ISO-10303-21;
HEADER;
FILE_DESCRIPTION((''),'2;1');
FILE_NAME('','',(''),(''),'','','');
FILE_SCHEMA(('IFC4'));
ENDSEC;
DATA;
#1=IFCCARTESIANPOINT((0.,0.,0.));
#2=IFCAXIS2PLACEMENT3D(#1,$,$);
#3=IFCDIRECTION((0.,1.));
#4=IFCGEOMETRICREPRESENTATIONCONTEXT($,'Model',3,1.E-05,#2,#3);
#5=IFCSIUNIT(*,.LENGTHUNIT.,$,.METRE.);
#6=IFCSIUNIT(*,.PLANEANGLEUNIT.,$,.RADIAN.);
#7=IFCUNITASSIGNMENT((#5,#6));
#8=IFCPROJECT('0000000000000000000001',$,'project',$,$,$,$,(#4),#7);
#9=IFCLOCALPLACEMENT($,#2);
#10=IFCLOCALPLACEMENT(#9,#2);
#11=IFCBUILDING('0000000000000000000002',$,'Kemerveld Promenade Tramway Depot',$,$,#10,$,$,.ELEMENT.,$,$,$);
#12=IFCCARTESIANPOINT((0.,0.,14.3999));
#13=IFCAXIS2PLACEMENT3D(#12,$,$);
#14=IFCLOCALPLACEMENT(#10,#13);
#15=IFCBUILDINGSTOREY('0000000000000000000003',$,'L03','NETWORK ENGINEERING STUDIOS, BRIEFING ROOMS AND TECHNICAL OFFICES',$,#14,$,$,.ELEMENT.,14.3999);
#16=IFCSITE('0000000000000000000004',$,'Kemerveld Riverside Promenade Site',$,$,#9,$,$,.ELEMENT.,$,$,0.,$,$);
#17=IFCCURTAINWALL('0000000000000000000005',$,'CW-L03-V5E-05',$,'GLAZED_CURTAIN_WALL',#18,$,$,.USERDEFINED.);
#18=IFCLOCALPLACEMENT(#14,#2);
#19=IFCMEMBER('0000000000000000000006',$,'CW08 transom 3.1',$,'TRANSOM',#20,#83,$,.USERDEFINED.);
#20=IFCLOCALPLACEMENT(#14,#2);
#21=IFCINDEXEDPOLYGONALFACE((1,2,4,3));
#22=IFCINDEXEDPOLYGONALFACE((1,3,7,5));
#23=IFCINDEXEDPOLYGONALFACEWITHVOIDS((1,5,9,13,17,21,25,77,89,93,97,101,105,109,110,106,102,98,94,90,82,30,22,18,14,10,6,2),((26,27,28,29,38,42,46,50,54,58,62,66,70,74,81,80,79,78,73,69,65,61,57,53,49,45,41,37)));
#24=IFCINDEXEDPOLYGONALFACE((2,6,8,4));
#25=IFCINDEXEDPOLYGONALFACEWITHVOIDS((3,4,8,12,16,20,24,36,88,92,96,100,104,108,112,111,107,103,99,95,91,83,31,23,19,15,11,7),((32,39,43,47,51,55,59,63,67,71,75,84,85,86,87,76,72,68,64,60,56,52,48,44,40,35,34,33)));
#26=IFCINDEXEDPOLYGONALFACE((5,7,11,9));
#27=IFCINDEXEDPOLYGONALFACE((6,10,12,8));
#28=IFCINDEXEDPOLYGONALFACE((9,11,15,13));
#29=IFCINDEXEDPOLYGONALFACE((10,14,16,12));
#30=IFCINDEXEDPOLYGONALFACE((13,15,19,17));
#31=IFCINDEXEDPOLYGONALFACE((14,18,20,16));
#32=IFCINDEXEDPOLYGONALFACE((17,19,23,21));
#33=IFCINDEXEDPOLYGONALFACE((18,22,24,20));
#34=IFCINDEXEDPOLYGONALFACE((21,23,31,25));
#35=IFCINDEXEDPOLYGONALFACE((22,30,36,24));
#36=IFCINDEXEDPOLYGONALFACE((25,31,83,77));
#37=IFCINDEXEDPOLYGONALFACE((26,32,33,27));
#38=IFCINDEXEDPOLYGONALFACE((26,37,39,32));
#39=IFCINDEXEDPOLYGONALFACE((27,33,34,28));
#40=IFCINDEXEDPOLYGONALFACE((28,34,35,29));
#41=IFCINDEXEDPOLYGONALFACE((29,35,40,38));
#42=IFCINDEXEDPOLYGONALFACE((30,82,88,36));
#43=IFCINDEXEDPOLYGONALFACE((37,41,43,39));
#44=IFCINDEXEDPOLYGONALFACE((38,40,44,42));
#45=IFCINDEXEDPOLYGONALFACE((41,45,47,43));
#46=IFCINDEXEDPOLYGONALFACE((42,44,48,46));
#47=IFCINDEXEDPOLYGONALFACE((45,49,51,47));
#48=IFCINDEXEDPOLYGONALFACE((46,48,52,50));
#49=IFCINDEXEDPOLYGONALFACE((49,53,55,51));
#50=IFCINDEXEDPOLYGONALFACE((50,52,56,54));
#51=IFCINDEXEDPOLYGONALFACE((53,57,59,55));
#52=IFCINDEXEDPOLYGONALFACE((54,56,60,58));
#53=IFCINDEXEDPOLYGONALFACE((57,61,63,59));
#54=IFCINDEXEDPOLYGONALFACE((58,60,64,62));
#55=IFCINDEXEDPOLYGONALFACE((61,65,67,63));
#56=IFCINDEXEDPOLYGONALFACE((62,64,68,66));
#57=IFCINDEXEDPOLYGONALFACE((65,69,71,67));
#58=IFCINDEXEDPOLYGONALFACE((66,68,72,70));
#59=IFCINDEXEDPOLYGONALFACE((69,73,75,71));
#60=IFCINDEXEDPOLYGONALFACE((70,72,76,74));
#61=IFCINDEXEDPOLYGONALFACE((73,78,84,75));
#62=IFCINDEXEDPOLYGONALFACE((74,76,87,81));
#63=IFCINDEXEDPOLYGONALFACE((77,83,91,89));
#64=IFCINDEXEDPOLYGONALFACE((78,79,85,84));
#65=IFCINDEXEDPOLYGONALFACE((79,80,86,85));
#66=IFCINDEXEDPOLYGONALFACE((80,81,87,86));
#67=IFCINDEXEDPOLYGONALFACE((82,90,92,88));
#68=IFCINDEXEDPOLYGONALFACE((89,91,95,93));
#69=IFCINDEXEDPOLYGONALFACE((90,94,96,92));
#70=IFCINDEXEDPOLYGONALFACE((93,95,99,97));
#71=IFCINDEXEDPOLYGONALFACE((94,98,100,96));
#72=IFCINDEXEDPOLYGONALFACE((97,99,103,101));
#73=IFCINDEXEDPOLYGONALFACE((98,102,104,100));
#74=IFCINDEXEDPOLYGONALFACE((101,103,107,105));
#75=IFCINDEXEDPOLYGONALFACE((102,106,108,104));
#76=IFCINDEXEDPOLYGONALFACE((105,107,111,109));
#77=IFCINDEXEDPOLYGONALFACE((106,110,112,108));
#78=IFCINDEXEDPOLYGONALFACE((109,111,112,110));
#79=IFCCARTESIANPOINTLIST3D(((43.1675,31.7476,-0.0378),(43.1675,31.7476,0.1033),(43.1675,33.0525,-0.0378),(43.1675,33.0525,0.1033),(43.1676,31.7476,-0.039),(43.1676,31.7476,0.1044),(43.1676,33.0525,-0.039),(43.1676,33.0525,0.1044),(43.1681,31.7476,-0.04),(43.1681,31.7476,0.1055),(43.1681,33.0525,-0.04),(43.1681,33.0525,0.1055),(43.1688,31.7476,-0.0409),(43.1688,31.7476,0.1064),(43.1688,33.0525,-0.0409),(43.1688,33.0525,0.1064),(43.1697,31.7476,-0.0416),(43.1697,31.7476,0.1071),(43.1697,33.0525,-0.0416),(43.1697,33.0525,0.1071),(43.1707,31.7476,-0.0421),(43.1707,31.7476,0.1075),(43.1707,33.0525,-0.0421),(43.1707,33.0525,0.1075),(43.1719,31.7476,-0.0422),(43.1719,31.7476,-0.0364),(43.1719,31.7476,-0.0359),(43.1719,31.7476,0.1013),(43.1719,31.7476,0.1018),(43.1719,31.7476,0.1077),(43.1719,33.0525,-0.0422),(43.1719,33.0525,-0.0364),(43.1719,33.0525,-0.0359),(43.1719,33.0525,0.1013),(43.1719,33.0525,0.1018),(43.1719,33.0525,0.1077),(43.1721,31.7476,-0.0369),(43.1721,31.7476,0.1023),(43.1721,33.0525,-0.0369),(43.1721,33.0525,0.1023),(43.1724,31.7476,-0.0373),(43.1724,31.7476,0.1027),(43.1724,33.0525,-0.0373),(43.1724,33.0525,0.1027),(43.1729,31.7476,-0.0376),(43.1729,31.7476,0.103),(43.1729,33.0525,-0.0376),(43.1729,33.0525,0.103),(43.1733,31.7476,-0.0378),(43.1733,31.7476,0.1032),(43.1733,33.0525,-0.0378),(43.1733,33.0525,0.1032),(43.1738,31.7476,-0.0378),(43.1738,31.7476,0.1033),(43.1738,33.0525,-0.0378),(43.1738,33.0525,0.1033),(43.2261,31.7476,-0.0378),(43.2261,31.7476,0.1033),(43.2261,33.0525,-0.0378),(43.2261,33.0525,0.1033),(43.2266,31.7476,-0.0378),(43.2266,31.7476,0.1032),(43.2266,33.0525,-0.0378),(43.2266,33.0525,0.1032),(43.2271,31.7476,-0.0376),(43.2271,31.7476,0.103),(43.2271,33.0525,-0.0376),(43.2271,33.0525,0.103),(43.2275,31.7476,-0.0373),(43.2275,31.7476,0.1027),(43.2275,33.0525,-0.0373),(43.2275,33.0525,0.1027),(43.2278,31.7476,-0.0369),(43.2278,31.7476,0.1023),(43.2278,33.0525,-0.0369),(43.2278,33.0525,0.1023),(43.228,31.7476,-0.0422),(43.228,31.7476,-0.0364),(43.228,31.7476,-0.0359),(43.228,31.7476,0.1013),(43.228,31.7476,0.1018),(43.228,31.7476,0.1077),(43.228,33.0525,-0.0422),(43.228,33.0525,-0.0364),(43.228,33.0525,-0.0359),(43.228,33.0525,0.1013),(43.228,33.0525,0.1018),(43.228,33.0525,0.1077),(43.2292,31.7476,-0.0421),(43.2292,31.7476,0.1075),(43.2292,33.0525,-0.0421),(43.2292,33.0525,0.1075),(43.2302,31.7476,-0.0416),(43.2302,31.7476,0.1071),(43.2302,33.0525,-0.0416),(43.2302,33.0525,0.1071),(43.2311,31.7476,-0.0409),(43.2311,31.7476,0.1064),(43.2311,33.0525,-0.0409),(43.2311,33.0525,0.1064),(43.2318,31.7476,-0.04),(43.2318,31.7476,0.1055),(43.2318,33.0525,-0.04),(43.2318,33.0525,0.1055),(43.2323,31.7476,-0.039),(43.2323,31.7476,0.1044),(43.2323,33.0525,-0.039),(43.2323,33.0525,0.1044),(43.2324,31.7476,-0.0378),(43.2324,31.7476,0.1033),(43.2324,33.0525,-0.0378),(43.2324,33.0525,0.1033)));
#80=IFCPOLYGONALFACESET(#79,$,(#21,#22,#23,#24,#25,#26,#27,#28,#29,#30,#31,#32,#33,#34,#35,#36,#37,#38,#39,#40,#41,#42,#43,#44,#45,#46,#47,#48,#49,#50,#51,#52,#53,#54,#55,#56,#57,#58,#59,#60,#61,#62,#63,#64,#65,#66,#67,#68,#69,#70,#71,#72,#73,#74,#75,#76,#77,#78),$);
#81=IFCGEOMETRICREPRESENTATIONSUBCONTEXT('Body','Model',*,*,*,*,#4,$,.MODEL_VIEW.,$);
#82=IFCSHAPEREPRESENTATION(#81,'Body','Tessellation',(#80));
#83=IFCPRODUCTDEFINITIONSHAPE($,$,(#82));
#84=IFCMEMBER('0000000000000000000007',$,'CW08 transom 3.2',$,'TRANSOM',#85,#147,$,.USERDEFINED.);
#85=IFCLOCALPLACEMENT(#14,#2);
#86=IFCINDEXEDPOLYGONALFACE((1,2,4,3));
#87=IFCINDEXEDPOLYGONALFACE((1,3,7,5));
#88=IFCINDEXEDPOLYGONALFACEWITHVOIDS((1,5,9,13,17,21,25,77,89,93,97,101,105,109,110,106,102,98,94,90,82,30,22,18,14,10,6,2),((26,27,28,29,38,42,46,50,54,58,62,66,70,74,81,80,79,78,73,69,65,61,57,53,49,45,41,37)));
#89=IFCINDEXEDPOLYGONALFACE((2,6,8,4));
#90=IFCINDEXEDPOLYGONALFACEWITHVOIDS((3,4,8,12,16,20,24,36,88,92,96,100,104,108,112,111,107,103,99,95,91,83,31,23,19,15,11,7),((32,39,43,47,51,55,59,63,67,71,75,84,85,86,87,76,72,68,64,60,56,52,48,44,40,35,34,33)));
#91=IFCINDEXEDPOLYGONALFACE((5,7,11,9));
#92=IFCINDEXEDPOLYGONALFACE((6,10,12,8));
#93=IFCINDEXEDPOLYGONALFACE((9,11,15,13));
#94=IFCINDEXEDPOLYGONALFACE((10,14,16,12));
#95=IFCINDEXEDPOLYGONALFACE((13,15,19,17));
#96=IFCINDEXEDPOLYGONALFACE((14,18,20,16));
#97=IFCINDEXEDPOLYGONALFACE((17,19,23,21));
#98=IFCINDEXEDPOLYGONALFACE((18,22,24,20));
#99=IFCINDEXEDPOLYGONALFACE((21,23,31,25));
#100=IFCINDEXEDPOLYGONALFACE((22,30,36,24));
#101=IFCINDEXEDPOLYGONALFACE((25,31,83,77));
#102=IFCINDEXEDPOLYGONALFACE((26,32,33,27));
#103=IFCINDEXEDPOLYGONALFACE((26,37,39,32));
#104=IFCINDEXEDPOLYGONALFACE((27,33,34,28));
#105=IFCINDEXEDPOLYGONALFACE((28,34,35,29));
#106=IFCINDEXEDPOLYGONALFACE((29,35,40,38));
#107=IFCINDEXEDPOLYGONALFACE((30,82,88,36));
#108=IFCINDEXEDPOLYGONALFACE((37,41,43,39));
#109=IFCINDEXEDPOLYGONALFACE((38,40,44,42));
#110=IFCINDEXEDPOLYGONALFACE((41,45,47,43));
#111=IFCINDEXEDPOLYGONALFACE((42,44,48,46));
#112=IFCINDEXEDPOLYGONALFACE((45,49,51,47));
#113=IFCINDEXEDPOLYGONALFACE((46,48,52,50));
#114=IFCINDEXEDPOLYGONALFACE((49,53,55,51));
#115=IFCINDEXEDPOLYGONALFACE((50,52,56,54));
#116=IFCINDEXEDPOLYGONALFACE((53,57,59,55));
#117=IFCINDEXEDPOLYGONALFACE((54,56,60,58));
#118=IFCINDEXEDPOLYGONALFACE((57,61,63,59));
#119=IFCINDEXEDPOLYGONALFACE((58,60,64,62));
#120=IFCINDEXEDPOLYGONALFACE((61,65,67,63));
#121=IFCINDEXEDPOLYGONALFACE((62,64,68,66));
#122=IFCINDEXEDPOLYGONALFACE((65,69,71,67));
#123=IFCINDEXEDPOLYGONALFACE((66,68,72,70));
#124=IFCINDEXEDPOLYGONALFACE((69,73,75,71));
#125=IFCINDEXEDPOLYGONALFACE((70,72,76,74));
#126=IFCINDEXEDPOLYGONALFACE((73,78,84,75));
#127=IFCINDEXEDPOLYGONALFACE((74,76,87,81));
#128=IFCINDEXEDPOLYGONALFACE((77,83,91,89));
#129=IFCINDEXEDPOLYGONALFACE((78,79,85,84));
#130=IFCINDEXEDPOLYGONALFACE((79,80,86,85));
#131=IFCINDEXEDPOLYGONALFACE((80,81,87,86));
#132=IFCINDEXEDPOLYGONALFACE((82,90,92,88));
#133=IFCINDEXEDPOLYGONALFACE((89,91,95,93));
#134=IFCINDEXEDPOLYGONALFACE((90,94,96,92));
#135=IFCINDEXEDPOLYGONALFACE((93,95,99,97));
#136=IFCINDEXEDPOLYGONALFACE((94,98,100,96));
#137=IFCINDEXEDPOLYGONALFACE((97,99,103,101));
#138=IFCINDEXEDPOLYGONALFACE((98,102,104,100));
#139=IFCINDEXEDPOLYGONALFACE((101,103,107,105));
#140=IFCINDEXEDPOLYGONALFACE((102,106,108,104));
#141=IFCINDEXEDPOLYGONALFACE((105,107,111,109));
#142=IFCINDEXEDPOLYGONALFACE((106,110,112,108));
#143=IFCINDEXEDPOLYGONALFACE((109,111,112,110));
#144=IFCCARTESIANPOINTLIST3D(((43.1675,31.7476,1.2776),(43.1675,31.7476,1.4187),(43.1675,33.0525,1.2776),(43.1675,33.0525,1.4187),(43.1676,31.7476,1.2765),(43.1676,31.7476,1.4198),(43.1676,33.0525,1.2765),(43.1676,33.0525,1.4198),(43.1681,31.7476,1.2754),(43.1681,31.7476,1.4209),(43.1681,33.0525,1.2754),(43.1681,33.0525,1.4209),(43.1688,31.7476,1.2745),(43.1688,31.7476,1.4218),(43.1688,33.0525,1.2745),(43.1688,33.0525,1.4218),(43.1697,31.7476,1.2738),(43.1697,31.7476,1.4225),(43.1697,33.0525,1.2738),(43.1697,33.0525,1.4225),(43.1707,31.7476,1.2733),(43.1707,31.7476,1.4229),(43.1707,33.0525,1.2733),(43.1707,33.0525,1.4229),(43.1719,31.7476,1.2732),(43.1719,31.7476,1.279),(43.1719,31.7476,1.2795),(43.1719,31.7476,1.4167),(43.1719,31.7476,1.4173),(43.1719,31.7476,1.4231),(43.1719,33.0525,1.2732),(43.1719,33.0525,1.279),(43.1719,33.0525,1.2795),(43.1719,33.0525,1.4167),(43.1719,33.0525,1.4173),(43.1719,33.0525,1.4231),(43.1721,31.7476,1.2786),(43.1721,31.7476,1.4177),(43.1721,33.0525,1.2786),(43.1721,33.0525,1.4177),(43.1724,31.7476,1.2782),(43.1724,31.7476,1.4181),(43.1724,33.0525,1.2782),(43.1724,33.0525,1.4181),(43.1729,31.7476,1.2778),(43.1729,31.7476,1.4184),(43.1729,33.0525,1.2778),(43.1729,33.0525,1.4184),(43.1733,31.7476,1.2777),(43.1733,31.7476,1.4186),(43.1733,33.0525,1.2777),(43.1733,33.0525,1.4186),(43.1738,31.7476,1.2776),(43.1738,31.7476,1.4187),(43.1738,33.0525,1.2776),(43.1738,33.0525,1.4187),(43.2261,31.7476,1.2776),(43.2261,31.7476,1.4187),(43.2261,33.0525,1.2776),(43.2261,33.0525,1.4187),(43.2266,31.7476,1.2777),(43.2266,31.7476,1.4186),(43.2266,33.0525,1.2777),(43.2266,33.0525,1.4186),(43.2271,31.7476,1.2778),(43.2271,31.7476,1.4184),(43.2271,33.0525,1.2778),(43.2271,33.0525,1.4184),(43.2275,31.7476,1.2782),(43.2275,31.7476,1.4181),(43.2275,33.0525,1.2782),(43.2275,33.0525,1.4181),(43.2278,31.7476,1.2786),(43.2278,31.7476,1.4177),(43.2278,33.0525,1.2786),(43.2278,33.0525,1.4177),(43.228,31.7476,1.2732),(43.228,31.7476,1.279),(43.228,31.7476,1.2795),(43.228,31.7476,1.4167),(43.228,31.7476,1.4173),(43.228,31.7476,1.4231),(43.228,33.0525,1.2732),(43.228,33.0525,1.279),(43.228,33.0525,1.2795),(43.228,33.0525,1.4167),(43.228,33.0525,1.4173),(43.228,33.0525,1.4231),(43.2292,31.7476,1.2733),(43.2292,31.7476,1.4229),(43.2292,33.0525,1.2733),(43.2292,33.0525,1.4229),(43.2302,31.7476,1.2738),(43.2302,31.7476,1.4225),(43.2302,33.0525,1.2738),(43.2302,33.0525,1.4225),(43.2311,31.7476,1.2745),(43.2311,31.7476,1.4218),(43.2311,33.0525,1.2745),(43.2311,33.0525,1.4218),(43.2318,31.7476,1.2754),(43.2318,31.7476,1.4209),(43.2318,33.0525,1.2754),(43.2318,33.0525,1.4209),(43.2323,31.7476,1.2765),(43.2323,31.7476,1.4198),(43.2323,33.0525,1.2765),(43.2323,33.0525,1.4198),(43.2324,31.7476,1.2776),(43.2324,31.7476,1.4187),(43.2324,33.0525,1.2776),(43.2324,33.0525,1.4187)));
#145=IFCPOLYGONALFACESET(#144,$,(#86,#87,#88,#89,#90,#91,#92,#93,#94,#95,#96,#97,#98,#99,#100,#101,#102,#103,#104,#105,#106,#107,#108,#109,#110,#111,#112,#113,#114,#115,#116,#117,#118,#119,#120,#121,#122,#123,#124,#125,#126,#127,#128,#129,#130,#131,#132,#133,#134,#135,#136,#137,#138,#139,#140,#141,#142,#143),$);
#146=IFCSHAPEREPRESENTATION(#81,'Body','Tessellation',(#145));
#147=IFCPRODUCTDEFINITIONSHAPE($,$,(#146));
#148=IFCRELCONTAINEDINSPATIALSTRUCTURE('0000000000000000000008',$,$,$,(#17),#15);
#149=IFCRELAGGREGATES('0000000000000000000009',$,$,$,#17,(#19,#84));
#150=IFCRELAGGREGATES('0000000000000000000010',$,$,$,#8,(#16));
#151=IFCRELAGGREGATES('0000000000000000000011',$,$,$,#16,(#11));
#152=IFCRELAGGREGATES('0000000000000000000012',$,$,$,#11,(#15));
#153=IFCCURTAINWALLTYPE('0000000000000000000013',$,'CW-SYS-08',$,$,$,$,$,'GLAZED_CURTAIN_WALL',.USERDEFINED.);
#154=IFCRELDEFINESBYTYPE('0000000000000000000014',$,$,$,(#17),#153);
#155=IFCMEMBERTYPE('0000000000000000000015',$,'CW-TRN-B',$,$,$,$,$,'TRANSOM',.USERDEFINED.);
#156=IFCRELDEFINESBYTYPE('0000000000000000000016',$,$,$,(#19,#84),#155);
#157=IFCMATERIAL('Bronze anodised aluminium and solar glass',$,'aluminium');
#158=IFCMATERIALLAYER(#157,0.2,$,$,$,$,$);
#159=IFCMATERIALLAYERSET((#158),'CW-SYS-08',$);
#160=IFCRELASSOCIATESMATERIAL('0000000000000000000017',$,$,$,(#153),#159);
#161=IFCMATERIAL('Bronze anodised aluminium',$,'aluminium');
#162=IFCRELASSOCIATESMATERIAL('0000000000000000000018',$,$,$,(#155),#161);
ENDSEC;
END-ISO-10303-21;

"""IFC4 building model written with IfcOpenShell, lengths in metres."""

from ifc_helpers import new_model, si_unit, direction, frame, origin, origin_2d, place, context, subcontext, project, spatial, hollow_rectangle, extrude, material, layer, layer_set, material_profile, profile_set, type_object, element, aggregate, save


model = new_model("IFC4")

# Units and contexts
model_context = context("Model", 3, precision=1e-05, world=origin(), true_north=direction((0.0, 1.0)))
body_context = subcontext(model_context, "Body", "Model", "MODEL_VIEW")
ifc_project = project(units=[si_unit("LENGTHUNIT", "METRE"), si_unit("PLANEANGLEUNIT", "RADIAN")], contexts=[model_context])

# Site, building, storey
site_placement = place(None, origin())
site = spatial("IfcSite", under=ifc_project, at=site_placement, Name="Kemerveld Riverside Promenade Site", CompositionType="ELEMENT", RefElevation=0.0)
building_placement = place(site_placement, origin())
building = spatial("IfcBuilding", under=site, at=building_placement, Name="Kemerveld Promenade Tramway Depot", CompositionType="ELEMENT")
storey_placement = place(building_placement, frame((0.0, 0.0, 14.3999)))
storey = spatial("IfcBuildingStorey", under=building, at=storey_placement, Name="L03", Description="NETWORK ENGINEERING STUDIOS, BRIEFING ROOMS AND TECHNICAL OFFICES", CompositionType="ELEMENT", Elevation=14.3999)

# Curtain wall, members
ifc_material_1 = material(Name="Bronze anodised aluminium and solar glass", Category="aluminium")
ifc_layer_1 = layer(ifc_material_1, 0.2)
ifc_layer_set_1 = layer_set([ifc_layer_1], Name="CW-SYS-08")
curtain_wall_type = type_object("IfcCurtainWallType", Name="CW-SYS-08", ElementType="GLAZED_CURTAIN_WALL", PredefinedType="USERDEFINED", material=ifc_layer_set_1)
curtain_wall_placement = place(storey_placement, origin())
curtain_wall = element("IfcCurtainWall", 1, at=curtain_wall_placement, inside=storey, type_object=curtain_wall_type, Name="CW-L03-V5E-05", ObjectType="GLAZED_CURTAIN_WALL", PredefinedType="USERDEFINED")
ifc_material_2 = material(Name="Bronze anodised aluminium", Category="aluminium")
ifc_material_profile_1 = material_profile(ifc_material_2, hollow_rectangle(XDim=0.0649, YDim=0.1499, WallThickness=0.0044, InnerFilletRadius=0.002, OuterFilletRadius=0.0044, at=origin_2d()), Name="CW-TRN-150x65")
ifc_profile_set_1 = profile_set([ifc_material_profile_1], Name="Bronze anodised aluminium")
member_type_1 = type_object("IfcMemberType", Name="CW-TRN-B", ElementType="TRANSOM", PredefinedType="USERDEFINED", material=ifc_profile_set_1)
member_1_placement = place(storey_placement, frame((43.2, 33.0525, 0.0327), z_axis=(0.0, -1.0, 0.0), x_axis=(1.0, 0.0, 0.0)))
member_1 = element("IfcMember", 2, at=member_1_placement, type_object=member_type_1, Name="CW08 transom 3.1", ObjectType="TRANSOM", PredefinedType="USERDEFINED", context=body_context, shape_type="SweptSolid", body=[
    extrude(hollow_rectangle(XDim=0.0649, YDim=0.1499, WallThickness=0.0044, InnerFilletRadius=0.002, OuterFilletRadius=0.0044, at=origin_2d()), origin(), (0.0, 0.0, 1.0), 1.3049),
])
member_2_placement = place(storey_placement, frame((43.2, 33.0525, 1.3481), z_axis=(0.0, -1.0, 0.0), x_axis=(1.0, 0.0, 0.0)))
member_2 = element("IfcMember", 3, at=member_2_placement, type_object=member_type_1, Name="CW08 transom 3.2", ObjectType="TRANSOM", PredefinedType="USERDEFINED", context=body_context, shape_type="SweptSolid", body=[
    extrude(hollow_rectangle(XDim=0.0649, YDim=0.1499, WallThickness=0.0044, InnerFilletRadius=0.002, OuterFilletRadius=0.0044, at=origin_2d()), origin(), (0.0, 0.0, 1.0), 1.3049),
])
aggregate(curtain_wall, [member_1, member_2])

save(model, "model.ifc")
